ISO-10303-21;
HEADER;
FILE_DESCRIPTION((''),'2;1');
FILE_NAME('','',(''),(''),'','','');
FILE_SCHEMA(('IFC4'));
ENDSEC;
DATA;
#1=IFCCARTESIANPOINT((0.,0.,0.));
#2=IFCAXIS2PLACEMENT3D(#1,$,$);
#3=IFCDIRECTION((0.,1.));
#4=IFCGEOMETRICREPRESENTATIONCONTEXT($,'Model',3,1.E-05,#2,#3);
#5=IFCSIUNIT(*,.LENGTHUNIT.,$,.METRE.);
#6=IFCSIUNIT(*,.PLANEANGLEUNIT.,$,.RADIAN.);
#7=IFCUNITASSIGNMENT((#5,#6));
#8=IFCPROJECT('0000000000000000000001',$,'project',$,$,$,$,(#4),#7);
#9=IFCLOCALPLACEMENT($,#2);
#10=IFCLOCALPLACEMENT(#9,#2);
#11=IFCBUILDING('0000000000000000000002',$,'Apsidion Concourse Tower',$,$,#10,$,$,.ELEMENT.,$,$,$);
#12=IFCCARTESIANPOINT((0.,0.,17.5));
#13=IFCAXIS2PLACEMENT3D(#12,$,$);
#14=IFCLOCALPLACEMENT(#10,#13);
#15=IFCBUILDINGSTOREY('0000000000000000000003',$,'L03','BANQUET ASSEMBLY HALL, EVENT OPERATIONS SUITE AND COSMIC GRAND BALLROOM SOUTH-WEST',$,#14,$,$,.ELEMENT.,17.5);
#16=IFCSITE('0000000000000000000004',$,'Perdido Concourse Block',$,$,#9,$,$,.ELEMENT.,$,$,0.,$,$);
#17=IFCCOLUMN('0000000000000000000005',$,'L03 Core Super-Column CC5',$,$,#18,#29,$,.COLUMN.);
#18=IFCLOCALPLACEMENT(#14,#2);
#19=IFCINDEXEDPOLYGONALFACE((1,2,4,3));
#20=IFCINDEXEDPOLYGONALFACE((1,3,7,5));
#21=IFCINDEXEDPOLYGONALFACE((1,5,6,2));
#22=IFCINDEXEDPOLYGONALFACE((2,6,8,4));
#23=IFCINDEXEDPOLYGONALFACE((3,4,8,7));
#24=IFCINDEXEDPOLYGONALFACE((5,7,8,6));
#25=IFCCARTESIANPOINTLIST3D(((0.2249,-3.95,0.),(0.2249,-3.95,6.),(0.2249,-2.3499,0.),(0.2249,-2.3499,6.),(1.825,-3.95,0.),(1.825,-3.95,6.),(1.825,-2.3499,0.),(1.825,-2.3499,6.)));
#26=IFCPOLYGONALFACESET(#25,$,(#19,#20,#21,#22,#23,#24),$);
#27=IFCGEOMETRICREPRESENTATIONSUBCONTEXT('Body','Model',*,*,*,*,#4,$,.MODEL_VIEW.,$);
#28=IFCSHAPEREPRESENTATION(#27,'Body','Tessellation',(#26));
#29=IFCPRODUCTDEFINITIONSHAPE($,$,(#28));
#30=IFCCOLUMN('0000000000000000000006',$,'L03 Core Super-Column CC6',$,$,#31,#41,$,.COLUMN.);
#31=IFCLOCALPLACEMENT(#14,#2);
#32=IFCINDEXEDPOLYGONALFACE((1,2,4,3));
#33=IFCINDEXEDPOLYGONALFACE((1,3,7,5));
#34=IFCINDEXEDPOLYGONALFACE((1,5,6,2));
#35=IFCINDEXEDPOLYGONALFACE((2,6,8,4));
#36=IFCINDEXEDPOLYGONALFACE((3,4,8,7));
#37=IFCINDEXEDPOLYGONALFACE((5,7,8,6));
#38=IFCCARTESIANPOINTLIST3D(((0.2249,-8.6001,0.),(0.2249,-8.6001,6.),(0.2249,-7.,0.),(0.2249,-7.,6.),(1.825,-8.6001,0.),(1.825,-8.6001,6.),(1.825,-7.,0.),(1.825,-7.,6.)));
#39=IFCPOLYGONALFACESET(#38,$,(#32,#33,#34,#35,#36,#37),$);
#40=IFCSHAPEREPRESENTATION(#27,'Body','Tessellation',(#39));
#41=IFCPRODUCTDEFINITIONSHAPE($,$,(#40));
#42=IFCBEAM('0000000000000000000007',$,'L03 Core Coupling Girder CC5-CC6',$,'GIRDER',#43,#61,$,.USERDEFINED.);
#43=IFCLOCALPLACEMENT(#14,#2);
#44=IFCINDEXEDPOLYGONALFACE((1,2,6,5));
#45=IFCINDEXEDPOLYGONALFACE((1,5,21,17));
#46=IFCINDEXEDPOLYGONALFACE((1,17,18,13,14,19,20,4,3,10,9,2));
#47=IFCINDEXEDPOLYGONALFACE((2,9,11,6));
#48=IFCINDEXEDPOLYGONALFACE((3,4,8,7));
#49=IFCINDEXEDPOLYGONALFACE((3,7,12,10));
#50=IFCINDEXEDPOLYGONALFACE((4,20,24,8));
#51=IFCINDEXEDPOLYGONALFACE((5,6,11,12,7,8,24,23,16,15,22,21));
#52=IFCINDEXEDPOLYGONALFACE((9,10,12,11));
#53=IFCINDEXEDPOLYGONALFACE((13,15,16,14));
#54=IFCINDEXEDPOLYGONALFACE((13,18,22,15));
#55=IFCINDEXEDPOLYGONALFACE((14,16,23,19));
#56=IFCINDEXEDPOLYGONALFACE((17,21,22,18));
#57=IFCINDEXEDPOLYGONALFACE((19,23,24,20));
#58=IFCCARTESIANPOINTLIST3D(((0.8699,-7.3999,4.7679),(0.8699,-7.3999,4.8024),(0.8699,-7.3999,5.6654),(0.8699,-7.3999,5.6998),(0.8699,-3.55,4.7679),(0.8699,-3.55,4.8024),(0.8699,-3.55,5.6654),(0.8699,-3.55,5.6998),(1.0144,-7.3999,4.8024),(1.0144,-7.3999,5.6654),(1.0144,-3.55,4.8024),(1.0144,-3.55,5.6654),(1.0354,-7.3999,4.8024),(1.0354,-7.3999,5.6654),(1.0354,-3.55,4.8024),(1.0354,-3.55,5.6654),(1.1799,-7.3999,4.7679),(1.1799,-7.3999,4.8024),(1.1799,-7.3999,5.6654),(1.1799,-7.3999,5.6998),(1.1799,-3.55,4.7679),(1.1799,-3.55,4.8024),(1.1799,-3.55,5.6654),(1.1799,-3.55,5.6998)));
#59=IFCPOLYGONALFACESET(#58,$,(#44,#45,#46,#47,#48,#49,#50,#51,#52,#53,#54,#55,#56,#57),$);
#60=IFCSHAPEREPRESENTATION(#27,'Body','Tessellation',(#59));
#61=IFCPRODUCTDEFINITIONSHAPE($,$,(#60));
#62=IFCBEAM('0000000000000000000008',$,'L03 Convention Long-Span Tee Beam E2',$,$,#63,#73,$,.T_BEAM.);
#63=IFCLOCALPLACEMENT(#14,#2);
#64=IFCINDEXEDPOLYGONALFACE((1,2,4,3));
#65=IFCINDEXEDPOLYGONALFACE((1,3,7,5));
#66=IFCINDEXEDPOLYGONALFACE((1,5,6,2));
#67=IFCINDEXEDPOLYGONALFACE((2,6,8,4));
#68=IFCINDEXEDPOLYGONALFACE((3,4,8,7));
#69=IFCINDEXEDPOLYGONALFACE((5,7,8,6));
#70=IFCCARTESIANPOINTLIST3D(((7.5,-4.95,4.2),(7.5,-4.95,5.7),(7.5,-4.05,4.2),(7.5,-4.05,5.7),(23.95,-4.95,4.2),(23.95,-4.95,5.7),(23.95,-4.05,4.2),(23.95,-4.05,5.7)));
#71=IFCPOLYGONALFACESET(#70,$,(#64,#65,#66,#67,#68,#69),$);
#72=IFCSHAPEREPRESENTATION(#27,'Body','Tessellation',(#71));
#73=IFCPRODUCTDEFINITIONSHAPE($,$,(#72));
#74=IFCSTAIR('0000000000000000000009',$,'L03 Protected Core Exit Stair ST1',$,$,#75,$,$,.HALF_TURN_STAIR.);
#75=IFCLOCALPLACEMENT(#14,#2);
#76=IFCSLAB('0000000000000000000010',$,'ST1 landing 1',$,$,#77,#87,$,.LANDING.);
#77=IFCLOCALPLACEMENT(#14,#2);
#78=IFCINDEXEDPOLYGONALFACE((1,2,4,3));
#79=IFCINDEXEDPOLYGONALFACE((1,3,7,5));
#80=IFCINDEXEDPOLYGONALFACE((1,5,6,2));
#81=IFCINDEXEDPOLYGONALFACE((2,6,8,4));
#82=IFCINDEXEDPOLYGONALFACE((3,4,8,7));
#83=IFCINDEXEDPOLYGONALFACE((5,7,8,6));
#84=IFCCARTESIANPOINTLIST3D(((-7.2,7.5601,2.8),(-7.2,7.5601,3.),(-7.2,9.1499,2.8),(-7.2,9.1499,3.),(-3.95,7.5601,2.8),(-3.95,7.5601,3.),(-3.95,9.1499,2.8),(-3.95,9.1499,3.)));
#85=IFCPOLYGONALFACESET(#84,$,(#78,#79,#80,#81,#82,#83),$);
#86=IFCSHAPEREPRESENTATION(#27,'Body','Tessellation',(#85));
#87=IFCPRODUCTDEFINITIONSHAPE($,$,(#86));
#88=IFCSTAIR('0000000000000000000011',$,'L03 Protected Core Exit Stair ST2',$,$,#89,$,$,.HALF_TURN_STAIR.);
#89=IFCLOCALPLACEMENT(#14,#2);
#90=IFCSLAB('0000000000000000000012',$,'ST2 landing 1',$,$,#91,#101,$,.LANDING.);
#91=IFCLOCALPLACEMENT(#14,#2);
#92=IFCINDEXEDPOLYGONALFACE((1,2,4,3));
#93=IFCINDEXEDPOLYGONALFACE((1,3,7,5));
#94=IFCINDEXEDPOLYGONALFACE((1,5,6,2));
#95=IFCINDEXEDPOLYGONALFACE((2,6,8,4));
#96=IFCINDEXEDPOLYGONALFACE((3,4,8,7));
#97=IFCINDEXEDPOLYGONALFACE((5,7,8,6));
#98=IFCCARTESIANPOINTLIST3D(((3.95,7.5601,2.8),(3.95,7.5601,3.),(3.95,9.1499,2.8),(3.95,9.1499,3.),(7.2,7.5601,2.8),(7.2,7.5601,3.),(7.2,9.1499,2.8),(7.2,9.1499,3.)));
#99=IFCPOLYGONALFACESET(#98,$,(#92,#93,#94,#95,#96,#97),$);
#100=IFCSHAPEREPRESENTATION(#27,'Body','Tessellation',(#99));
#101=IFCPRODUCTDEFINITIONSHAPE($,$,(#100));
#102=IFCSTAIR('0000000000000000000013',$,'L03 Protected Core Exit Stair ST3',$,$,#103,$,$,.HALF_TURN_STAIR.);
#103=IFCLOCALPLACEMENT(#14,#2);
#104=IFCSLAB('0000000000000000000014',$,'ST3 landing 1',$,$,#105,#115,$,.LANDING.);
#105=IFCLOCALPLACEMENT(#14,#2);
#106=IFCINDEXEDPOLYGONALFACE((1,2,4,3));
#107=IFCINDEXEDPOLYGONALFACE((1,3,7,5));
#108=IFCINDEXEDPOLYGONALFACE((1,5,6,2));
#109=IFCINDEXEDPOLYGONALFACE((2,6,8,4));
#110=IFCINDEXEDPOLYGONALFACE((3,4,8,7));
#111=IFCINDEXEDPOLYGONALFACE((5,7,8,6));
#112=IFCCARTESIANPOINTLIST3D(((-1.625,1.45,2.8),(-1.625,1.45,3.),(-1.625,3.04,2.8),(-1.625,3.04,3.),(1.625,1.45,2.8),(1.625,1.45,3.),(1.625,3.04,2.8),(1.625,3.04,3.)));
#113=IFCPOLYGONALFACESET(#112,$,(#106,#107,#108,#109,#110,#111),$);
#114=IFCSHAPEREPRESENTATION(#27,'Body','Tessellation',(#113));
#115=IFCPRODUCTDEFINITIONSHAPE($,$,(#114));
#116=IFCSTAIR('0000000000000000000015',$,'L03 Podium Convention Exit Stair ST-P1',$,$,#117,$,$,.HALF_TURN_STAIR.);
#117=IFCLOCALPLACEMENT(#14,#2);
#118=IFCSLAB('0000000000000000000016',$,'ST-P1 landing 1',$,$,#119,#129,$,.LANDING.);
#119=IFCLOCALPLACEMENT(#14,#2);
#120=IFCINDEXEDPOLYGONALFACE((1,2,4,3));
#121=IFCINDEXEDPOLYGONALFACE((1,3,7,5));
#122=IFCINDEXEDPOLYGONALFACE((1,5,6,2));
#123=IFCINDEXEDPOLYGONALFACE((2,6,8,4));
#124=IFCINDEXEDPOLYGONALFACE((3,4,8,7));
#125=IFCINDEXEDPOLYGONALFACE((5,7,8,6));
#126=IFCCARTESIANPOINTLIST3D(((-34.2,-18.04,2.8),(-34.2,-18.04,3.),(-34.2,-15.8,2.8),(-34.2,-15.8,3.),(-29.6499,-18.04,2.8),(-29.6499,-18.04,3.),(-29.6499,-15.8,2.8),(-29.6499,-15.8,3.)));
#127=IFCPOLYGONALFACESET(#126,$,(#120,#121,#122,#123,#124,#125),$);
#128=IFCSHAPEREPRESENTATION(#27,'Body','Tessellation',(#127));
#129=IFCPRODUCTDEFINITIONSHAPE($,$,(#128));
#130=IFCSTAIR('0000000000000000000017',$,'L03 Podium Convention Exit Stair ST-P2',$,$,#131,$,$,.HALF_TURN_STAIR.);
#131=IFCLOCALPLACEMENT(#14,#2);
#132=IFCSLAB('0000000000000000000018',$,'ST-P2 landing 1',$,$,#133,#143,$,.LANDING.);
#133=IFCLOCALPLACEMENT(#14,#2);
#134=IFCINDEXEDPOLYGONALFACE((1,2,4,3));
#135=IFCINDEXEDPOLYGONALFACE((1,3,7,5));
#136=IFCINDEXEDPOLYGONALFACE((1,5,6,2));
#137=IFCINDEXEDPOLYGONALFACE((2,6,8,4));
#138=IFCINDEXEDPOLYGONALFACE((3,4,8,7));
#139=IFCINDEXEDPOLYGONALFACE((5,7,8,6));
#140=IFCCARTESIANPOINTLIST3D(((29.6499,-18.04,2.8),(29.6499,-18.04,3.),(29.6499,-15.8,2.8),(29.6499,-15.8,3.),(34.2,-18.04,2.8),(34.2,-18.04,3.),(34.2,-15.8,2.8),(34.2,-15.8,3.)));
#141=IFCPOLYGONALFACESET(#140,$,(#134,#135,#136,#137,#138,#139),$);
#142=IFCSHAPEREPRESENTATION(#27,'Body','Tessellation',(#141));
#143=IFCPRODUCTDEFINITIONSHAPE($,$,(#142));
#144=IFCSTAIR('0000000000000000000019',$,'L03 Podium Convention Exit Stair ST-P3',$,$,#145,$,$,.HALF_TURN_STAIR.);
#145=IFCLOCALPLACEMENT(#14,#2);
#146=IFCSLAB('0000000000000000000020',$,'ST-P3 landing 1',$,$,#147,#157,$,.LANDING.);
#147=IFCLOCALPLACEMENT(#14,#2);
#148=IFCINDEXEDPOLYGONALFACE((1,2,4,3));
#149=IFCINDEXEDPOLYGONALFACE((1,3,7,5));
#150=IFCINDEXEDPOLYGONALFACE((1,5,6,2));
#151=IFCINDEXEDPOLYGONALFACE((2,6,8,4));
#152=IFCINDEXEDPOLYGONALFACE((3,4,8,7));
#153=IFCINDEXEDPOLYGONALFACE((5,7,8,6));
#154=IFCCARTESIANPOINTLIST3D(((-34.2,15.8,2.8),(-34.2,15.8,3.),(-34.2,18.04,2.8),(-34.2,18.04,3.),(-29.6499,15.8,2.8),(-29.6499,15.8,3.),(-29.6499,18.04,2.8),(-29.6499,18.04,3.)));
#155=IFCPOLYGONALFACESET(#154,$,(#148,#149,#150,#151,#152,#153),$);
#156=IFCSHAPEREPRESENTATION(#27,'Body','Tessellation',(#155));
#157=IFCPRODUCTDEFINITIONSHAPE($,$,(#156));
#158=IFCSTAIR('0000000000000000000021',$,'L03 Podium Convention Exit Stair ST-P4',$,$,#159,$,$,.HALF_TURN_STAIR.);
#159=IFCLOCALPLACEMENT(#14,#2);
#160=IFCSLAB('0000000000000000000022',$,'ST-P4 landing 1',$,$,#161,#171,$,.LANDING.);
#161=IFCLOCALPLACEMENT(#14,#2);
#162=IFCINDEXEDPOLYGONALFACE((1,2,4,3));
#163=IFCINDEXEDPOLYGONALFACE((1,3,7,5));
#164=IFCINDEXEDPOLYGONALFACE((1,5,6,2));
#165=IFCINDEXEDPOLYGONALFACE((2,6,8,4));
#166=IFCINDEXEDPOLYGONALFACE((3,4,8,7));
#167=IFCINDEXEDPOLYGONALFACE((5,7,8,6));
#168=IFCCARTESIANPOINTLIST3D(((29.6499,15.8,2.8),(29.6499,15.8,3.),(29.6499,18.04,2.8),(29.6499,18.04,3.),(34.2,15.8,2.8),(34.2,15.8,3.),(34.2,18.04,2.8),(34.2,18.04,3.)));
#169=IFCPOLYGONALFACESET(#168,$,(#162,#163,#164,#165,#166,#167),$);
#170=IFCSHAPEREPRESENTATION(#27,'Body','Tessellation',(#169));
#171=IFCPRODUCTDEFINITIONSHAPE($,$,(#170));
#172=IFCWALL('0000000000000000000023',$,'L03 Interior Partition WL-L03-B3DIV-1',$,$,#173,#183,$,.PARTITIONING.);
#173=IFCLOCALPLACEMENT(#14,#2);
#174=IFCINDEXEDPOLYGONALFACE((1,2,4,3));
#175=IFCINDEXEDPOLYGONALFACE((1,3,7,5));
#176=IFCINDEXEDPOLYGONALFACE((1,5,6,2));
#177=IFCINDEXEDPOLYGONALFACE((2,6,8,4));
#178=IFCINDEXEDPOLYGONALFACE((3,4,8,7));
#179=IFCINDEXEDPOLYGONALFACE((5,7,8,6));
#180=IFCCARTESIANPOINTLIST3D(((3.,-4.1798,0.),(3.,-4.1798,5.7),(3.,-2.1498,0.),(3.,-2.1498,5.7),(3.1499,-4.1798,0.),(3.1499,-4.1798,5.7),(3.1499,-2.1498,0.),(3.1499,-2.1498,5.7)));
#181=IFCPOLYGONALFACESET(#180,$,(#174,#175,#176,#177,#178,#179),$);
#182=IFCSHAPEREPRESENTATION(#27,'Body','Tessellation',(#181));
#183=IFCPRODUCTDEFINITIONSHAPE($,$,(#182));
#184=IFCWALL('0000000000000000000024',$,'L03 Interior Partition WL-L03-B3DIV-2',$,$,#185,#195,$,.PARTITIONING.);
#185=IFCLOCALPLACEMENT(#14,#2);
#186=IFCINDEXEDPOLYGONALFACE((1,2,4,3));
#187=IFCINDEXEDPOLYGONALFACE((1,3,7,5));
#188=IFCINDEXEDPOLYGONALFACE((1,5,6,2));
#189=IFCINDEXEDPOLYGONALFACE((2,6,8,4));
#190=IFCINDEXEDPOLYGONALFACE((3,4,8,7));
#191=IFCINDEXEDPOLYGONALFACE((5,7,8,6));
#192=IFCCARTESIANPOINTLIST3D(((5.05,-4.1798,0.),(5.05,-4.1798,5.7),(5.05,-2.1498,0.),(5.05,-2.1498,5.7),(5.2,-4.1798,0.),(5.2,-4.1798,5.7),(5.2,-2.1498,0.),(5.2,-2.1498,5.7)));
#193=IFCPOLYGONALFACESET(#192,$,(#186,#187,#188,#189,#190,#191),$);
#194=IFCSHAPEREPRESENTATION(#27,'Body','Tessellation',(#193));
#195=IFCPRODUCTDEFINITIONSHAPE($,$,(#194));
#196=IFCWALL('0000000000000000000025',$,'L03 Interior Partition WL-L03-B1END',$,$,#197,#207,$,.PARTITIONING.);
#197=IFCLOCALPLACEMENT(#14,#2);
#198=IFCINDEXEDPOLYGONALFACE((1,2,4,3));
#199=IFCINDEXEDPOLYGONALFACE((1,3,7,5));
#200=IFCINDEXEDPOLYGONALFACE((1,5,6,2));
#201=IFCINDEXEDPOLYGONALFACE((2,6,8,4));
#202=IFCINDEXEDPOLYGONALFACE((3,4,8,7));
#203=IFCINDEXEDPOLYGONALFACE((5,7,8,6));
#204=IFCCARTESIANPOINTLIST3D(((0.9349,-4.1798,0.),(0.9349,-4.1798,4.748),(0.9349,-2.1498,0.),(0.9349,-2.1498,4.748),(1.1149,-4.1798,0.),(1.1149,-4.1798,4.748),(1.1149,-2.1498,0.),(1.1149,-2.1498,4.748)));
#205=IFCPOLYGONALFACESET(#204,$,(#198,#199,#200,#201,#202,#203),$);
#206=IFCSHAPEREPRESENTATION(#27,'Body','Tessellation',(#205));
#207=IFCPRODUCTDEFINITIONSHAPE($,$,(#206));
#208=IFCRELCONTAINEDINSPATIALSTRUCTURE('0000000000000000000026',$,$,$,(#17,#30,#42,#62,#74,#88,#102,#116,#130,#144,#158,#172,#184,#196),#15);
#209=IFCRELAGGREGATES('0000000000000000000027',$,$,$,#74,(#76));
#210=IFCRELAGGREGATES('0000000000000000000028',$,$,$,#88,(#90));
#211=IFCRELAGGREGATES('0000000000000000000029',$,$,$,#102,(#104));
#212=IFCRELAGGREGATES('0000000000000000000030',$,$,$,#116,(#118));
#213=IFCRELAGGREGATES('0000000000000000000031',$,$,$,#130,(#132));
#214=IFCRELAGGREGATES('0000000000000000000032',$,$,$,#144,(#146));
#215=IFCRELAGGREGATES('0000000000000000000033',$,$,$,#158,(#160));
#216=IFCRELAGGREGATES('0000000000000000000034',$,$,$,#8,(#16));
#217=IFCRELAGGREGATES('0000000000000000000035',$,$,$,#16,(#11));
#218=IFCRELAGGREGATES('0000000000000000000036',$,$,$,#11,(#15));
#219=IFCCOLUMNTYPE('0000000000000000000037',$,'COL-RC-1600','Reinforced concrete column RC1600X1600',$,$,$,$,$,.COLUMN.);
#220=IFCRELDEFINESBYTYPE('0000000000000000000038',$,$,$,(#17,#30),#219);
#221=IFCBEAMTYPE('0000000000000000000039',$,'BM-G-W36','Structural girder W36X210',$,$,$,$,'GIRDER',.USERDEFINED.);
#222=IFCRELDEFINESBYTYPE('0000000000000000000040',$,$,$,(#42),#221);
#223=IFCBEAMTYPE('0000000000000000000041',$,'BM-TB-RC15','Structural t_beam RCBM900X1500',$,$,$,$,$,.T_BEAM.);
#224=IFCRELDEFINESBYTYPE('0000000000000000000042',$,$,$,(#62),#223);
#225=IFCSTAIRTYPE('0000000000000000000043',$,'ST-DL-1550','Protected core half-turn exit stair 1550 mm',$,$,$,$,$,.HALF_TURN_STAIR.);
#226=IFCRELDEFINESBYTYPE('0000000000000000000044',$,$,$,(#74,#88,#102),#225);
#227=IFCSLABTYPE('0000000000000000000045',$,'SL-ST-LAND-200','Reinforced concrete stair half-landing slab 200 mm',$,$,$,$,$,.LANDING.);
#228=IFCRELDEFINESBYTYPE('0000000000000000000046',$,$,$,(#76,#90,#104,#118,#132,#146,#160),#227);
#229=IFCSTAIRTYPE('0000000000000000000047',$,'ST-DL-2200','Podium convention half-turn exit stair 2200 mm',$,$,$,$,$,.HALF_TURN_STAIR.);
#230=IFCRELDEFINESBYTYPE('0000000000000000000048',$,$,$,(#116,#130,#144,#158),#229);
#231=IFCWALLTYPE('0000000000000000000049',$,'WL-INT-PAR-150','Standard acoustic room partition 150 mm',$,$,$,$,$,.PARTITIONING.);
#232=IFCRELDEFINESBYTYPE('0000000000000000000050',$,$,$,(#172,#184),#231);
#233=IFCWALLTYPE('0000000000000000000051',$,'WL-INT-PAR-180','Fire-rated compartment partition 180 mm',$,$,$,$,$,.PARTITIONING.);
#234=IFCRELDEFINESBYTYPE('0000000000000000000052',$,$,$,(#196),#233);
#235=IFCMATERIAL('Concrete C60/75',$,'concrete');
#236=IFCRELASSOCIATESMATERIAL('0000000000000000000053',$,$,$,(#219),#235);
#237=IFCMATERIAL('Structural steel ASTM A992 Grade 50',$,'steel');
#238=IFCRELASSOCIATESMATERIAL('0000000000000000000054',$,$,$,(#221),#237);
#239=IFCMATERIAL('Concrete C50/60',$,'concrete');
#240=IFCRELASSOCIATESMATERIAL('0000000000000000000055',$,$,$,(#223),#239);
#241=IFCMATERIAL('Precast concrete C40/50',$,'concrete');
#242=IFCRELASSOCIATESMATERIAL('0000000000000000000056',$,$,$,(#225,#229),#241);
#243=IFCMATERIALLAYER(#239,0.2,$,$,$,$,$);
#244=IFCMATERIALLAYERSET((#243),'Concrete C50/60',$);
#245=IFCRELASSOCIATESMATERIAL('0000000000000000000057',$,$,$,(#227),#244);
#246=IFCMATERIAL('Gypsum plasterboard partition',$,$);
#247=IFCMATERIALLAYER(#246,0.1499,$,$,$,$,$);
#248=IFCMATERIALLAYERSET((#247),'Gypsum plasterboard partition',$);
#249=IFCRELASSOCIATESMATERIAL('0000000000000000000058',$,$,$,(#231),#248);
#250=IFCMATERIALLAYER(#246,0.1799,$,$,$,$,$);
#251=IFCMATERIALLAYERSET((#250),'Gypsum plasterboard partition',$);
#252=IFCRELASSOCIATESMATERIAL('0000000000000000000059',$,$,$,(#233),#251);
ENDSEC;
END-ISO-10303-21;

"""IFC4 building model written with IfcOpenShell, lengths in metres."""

from ifc_helpers import new_model, si_unit, direction, frame, frame_2d, origin, origin_2d, place, context, subcontext, project, spatial, polyline, rectangle, i_section, outline, extrude, material, layer, layer_set, material_profile, profile_set, type_object, element, aggregate, save


model = new_model("IFC4")

# Units and contexts
model_context = context("Model", 3, precision=1e-05, world=origin(), true_north=direction((0.0, 1.0)))
body_context = subcontext(model_context, "Body", "Model", "MODEL_VIEW")
ifc_project = project(units=[si_unit("LENGTHUNIT", "METRE"), si_unit("PLANEANGLEUNIT", "RADIAN")], contexts=[model_context])

# Site, building, storey
site_placement = place(None, origin())
site = spatial("IfcSite", under=ifc_project, at=site_placement, Name="Perdido Concourse Block", CompositionType="ELEMENT", RefElevation=0.0)
building_placement = place(site_placement, origin())
building = spatial("IfcBuilding", under=site, at=building_placement, Name="Apsidion Concourse Tower", CompositionType="ELEMENT")
storey_placement = place(building_placement, frame((0.0, 0.0, 17.5)))
storey = spatial("IfcBuildingStorey", under=building, at=storey_placement, Name="L03", Description="BANQUET ASSEMBLY HALL, EVENT OPERATIONS SUITE AND COSMIC GRAND BALLROOM SOUTH-WEST", CompositionType="ELEMENT", Elevation=17.5)

# Columns
ifc_material_1 = material(Name="Concrete C60/75", Category="concrete")
ifc_material_profile_1 = material_profile(ifc_material_1, rectangle(XDim=1.6001, YDim=1.6001, at=origin_2d()), Name="RC 1600x1600")
ifc_profile_set_1 = profile_set([ifc_material_profile_1], Name="Concrete C60/75")
column_type = type_object("IfcColumnType", Name="COL-RC-1600", Description="Reinforced concrete column RC1600X1600", PredefinedType="COLUMN", material=ifc_profile_set_1)
for number, where, z_axis, x_axis, name in (
    (1, (1.0249, -3.1499, 0.0), (0.0, 0.0, 1.0), (1.0, 0.0, 0.0), "L03 Core Super-Column CC5"),
    (2, (1.0249, -7.8, 0.0), (0.0, 0.0, 1.0), (1.0, 0.0, 0.0), "L03 Core Super-Column CC6"),
):
    element("IfcColumn", number, at=place(storey_placement, frame(where, z_axis=z_axis, x_axis=x_axis)), inside=storey, type_object=column_type, Name=name, PredefinedType="COLUMN", context=body_context, shape_type="SweptSolid", body=[
        extrude(rectangle(XDim=1.6001, YDim=1.6001, at=origin_2d()), origin(), (0.0, 0.0, 1.0), 6.0),
    ])

# Beams
ifc_material_2 = material(Name="Structural steel ASTM A992 Grade 50", Category="steel")
ifc_material_profile_2 = material_profile(ifc_material_2, i_section(OverallWidth=0.3101, OverallDepth=0.9319, WebThickness=0.021, FlangeThickness=0.0344, at=origin_2d()), Name="W36X210")
ifc_profile_set_2 = profile_set([ifc_material_profile_2], Name="Structural steel ASTM A992 Grade 50")
beam_type_1 = type_object("IfcBeamType", Name="BM-G-W36", Description="Structural girder W36X210", ElementType="GIRDER", PredefinedType="USERDEFINED", material=ifc_profile_set_2)
beam_1_placement = place(storey_placement, frame((1.0249, -3.55, 5.2339), z_axis=(0.0, -1.0, 0.0), x_axis=(1.0, 0.0, 0.0)))
element("IfcBeam", 3, at=beam_1_placement, inside=storey, type_object=beam_type_1, Name="L03 Core Coupling Girder CC5-CC6", ObjectType="GIRDER", PredefinedType="USERDEFINED", context=body_context, shape_type="SweptSolid", body=[
    extrude(i_section(OverallWidth=0.3101, OverallDepth=0.9319, WebThickness=0.021, FlangeThickness=0.0344, at=origin_2d()), origin(), (0.0, 0.0, 1.0), 3.8499),
])
ifc_material_3 = material(Name="Concrete C50/60", Category="concrete")
ifc_material_profile_3 = material_profile(ifc_material_3, rectangle(XDim=0.8999, YDim=1.5, at=origin_2d()), Name="RC 900x1500")
ifc_profile_set_3 = profile_set([ifc_material_profile_3], Name="Concrete C50/60")
beam_type_2 = type_object("IfcBeamType", Name="BM-TB-RC15", Description="Structural t_beam RCBM900X1500", PredefinedType="T_BEAM", material=ifc_profile_set_3)
beam_2_placement = place(storey_placement, frame((7.5, -4.5, 4.95), z_axis=(1.0, 0.0, 0.0), x_axis=(0.0, 1.0, 0.0)))
element("IfcBeam", 4, at=beam_2_placement, inside=storey, type_object=beam_type_2, Name="L03 Convention Long-Span Tee Beam E2", PredefinedType="T_BEAM", context=body_context, shape_type="SweptSolid", body=[
    extrude(rectangle(XDim=0.8999, YDim=1.5, at=origin_2d()), origin(), (0.0, 0.0, 1.0), 16.45),
])

# Stairs, slabs
ifc_material_4 = material(Name="Precast concrete C40/50", Category="concrete")
stair_type_1 = type_object("IfcStairType", Name="ST-DL-1550", Description="Protected core half-turn exit stair 1550 mm", PredefinedType="HALF_TURN_STAIR", material=ifc_material_4)
stair_1_placement = place(storey_placement, origin())
stair_1 = element("IfcStair", 5, at=stair_1_placement, inside=storey, type_object=stair_type_1, Name="L03 Protected Core Exit Stair ST1", PredefinedType="HALF_TURN_STAIR")
ifc_layer_1 = layer(ifc_material_3, 0.2)
ifc_layer_set_1 = layer_set([ifc_layer_1], Name="Concrete C50/60")
slab_type = type_object("IfcSlabType", Name="SL-ST-LAND-200", Description="Reinforced concrete stair half-landing slab 200 mm", PredefinedType="LANDING", material=ifc_layer_set_1)
slab_1_placement = place(storey_placement, frame((0.0, 0.0, 2.8)))
slab_1 = element("IfcSlab", 6, at=slab_1_placement, type_object=slab_type, Name="ST1 landing 1", PredefinedType="LANDING", context=body_context, shape_type="SweptSolid", body=[
    extrude(outline(polyline([(-3.95, 7.5601), (-3.95, 9.1499), (-7.2, 9.1499), (-7.2, 7.5601), (-3.95, 7.5601)])), origin(), (0.0, 0.0, 1.0), 0.2),
])
aggregate(stair_1, [slab_1])
stair_2_placement = place(storey_placement, origin())
stair_2 = element("IfcStair", 7, at=stair_2_placement, inside=storey, type_object=stair_type_1, Name="L03 Protected Core Exit Stair ST2", PredefinedType="HALF_TURN_STAIR")
slab_2_placement = place(storey_placement, frame((0.0, 0.0, 2.8)))
slab_2 = element("IfcSlab", 8, at=slab_2_placement, type_object=slab_type, Name="ST2 landing 1", PredefinedType="LANDING", context=body_context, shape_type="SweptSolid", body=[
    extrude(outline(polyline([(7.2, 7.5601), (7.2, 9.1499), (3.95, 9.1499), (3.95, 7.5601), (7.2, 7.5601)])), origin(), (0.0, 0.0, 1.0), 0.2),
])
aggregate(stair_2, [slab_2])
stair_3_placement = place(storey_placement, origin())
stair_3 = element("IfcStair", 9, at=stair_3_placement, inside=storey, type_object=stair_type_1, Name="L03 Protected Core Exit Stair ST3", PredefinedType="HALF_TURN_STAIR")
slab_3_placement = place(storey_placement, frame((0.0, 0.0, 2.8)))
slab_3 = element("IfcSlab", 10, at=slab_3_placement, type_object=slab_type, Name="ST3 landing 1", PredefinedType="LANDING", context=body_context, shape_type="SweptSolid", body=[
    extrude(outline(polyline([(-1.625, 3.04), (-1.625, 1.45), (1.625, 1.45), (1.625, 3.04), (-1.625, 3.04)])), origin(), (0.0, 0.0, 1.0), 0.2),
])
aggregate(stair_3, [slab_3])
stair_type_2 = type_object("IfcStairType", Name="ST-DL-2200", Description="Podium convention half-turn exit stair 2200 mm", PredefinedType="HALF_TURN_STAIR", material=ifc_material_4)
stair_4_placement = place(storey_placement, origin())
stair_4 = element("IfcStair", 11, at=stair_4_placement, inside=storey, type_object=stair_type_2, Name="L03 Podium Convention Exit Stair ST-P1", PredefinedType="HALF_TURN_STAIR")
slab_4_placement = place(storey_placement, frame((0.0, 0.0, 2.8)))
slab_4 = element("IfcSlab", 12, at=slab_4_placement, type_object=slab_type, Name="ST-P1 landing 1", PredefinedType="LANDING", context=body_context, shape_type="SweptSolid", body=[
    extrude(outline(polyline([(-29.6499, -18.04), (-29.6499, -15.8), (-34.2, -15.8), (-34.2, -18.04), (-29.6499, -18.04)])), origin(), (0.0, 0.0, 1.0), 0.2),
])
aggregate(stair_4, [slab_4])
stair_5_placement = place(storey_placement, origin())
stair_5 = element("IfcStair", 13, at=stair_5_placement, inside=storey, type_object=stair_type_2, Name="L03 Podium Convention Exit Stair ST-P2", PredefinedType="HALF_TURN_STAIR")
slab_5_placement = place(storey_placement, frame((0.0, 0.0, 2.8)))
slab_5 = element("IfcSlab", 14, at=slab_5_placement, type_object=slab_type, Name="ST-P2 landing 1", PredefinedType="LANDING", context=body_context, shape_type="SweptSolid", body=[
    extrude(outline(polyline([(34.2, -18.04), (34.2, -15.8), (29.6499, -15.8), (29.6499, -18.04), (34.2, -18.04)])), origin(), (0.0, 0.0, 1.0), 0.2),
])
aggregate(stair_5, [slab_5])
stair_6_placement = place(storey_placement, origin())
stair_6 = element("IfcStair", 15, at=stair_6_placement, inside=storey, type_object=stair_type_2, Name="L03 Podium Convention Exit Stair ST-P3", PredefinedType="HALF_TURN_STAIR")
slab_6_placement = place(storey_placement, frame((0.0, 0.0, 2.8)))
slab_6 = element("IfcSlab", 16, at=slab_6_placement, type_object=slab_type, Name="ST-P3 landing 1", PredefinedType="LANDING", context=body_context, shape_type="SweptSolid", body=[
    extrude(outline(polyline([(-34.2, 18.04), (-34.2, 15.8), (-29.6499, 15.8), (-29.6499, 18.04), (-34.2, 18.04)])), origin(), (0.0, 0.0, 1.0), 0.2),
])
aggregate(stair_6, [slab_6])
stair_7_placement = place(storey_placement, origin())
stair_7 = element("IfcStair", 17, at=stair_7_placement, inside=storey, type_object=stair_type_2, Name="L03 Podium Convention Exit Stair ST-P4", PredefinedType="HALF_TURN_STAIR")
slab_7_placement = place(storey_placement, frame((0.0, 0.0, 2.8)))
slab_7 = element("IfcSlab", 18, at=slab_7_placement, type_object=slab_type, Name="ST-P4 landing 1", PredefinedType="LANDING", context=body_context, shape_type="SweptSolid", body=[
    extrude(outline(polyline([(29.6499, 18.04), (29.6499, 15.8), (34.2, 15.8), (34.2, 18.04), (29.6499, 18.04)])), origin(), (0.0, 0.0, 1.0), 0.2),
])
aggregate(stair_7, [slab_7])

# Walls
ifc_material_5 = material(Name="Gypsum plasterboard partition")
ifc_layer_2 = layer(ifc_material_5, 0.1499)
ifc_layer_set_2 = layer_set([ifc_layer_2], Name="Gypsum plasterboard partition")
wall_type_1 = type_object("IfcWallType", Name="WL-INT-PAR-150", Description="Standard acoustic room partition 150 mm", PredefinedType="PARTITIONING", material=ifc_layer_set_2)
for number, where, z_axis, x_axis, name in (
    (19, (3.075, -4.1799, 0.0), (0.0, 0.0, 1.0), (0.0, 1.0, 0.0), "L03 Interior Partition WL-L03-B3DIV-1"),
    (20, (5.125, -4.1799, 0.0), (0.0, 0.0, 1.0), (0.0, 1.0, 0.0), "L03 Interior Partition WL-L03-B3DIV-2"),
):
    element("IfcWall", number, at=place(storey_placement, frame(where, z_axis=z_axis, x_axis=x_axis)), inside=storey, type_object=wall_type_1, Name=name, PredefinedType="PARTITIONING", context=body_context, shape_type="SweptSolid", body=[
        extrude(rectangle(XDim=2.03, YDim=0.1499, at=frame_2d((1.0151, 0.0))), origin(), (0.0, 0.0, 1.0), 5.7),
    ])
ifc_layer_3 = layer(ifc_material_5, 0.1799)
ifc_layer_set_3 = layer_set([ifc_layer_3], Name="Gypsum plasterboard partition")
wall_type_2 = type_object("IfcWallType", Name="WL-INT-PAR-180", Description="Fire-rated compartment partition 180 mm", PredefinedType="PARTITIONING", material=ifc_layer_set_3)
wall_1_placement = place(storey_placement, frame((1.0249, -4.1799, 0.0), z_axis=(0.0, 0.0, 1.0), x_axis=(0.0, 1.0, 0.0)))
element("IfcWall", 21, at=wall_1_placement, inside=storey, type_object=wall_type_2, Name="L03 Interior Partition WL-L03-B1END", PredefinedType="PARTITIONING", context=body_context, shape_type="SweptSolid", body=[
    extrude(rectangle(XDim=2.03, YDim=0.1799, at=frame_2d((1.0151, 0.0))), origin(), (0.0, 0.0, 1.0), 4.748),
])

save(model, "model.ifc")
